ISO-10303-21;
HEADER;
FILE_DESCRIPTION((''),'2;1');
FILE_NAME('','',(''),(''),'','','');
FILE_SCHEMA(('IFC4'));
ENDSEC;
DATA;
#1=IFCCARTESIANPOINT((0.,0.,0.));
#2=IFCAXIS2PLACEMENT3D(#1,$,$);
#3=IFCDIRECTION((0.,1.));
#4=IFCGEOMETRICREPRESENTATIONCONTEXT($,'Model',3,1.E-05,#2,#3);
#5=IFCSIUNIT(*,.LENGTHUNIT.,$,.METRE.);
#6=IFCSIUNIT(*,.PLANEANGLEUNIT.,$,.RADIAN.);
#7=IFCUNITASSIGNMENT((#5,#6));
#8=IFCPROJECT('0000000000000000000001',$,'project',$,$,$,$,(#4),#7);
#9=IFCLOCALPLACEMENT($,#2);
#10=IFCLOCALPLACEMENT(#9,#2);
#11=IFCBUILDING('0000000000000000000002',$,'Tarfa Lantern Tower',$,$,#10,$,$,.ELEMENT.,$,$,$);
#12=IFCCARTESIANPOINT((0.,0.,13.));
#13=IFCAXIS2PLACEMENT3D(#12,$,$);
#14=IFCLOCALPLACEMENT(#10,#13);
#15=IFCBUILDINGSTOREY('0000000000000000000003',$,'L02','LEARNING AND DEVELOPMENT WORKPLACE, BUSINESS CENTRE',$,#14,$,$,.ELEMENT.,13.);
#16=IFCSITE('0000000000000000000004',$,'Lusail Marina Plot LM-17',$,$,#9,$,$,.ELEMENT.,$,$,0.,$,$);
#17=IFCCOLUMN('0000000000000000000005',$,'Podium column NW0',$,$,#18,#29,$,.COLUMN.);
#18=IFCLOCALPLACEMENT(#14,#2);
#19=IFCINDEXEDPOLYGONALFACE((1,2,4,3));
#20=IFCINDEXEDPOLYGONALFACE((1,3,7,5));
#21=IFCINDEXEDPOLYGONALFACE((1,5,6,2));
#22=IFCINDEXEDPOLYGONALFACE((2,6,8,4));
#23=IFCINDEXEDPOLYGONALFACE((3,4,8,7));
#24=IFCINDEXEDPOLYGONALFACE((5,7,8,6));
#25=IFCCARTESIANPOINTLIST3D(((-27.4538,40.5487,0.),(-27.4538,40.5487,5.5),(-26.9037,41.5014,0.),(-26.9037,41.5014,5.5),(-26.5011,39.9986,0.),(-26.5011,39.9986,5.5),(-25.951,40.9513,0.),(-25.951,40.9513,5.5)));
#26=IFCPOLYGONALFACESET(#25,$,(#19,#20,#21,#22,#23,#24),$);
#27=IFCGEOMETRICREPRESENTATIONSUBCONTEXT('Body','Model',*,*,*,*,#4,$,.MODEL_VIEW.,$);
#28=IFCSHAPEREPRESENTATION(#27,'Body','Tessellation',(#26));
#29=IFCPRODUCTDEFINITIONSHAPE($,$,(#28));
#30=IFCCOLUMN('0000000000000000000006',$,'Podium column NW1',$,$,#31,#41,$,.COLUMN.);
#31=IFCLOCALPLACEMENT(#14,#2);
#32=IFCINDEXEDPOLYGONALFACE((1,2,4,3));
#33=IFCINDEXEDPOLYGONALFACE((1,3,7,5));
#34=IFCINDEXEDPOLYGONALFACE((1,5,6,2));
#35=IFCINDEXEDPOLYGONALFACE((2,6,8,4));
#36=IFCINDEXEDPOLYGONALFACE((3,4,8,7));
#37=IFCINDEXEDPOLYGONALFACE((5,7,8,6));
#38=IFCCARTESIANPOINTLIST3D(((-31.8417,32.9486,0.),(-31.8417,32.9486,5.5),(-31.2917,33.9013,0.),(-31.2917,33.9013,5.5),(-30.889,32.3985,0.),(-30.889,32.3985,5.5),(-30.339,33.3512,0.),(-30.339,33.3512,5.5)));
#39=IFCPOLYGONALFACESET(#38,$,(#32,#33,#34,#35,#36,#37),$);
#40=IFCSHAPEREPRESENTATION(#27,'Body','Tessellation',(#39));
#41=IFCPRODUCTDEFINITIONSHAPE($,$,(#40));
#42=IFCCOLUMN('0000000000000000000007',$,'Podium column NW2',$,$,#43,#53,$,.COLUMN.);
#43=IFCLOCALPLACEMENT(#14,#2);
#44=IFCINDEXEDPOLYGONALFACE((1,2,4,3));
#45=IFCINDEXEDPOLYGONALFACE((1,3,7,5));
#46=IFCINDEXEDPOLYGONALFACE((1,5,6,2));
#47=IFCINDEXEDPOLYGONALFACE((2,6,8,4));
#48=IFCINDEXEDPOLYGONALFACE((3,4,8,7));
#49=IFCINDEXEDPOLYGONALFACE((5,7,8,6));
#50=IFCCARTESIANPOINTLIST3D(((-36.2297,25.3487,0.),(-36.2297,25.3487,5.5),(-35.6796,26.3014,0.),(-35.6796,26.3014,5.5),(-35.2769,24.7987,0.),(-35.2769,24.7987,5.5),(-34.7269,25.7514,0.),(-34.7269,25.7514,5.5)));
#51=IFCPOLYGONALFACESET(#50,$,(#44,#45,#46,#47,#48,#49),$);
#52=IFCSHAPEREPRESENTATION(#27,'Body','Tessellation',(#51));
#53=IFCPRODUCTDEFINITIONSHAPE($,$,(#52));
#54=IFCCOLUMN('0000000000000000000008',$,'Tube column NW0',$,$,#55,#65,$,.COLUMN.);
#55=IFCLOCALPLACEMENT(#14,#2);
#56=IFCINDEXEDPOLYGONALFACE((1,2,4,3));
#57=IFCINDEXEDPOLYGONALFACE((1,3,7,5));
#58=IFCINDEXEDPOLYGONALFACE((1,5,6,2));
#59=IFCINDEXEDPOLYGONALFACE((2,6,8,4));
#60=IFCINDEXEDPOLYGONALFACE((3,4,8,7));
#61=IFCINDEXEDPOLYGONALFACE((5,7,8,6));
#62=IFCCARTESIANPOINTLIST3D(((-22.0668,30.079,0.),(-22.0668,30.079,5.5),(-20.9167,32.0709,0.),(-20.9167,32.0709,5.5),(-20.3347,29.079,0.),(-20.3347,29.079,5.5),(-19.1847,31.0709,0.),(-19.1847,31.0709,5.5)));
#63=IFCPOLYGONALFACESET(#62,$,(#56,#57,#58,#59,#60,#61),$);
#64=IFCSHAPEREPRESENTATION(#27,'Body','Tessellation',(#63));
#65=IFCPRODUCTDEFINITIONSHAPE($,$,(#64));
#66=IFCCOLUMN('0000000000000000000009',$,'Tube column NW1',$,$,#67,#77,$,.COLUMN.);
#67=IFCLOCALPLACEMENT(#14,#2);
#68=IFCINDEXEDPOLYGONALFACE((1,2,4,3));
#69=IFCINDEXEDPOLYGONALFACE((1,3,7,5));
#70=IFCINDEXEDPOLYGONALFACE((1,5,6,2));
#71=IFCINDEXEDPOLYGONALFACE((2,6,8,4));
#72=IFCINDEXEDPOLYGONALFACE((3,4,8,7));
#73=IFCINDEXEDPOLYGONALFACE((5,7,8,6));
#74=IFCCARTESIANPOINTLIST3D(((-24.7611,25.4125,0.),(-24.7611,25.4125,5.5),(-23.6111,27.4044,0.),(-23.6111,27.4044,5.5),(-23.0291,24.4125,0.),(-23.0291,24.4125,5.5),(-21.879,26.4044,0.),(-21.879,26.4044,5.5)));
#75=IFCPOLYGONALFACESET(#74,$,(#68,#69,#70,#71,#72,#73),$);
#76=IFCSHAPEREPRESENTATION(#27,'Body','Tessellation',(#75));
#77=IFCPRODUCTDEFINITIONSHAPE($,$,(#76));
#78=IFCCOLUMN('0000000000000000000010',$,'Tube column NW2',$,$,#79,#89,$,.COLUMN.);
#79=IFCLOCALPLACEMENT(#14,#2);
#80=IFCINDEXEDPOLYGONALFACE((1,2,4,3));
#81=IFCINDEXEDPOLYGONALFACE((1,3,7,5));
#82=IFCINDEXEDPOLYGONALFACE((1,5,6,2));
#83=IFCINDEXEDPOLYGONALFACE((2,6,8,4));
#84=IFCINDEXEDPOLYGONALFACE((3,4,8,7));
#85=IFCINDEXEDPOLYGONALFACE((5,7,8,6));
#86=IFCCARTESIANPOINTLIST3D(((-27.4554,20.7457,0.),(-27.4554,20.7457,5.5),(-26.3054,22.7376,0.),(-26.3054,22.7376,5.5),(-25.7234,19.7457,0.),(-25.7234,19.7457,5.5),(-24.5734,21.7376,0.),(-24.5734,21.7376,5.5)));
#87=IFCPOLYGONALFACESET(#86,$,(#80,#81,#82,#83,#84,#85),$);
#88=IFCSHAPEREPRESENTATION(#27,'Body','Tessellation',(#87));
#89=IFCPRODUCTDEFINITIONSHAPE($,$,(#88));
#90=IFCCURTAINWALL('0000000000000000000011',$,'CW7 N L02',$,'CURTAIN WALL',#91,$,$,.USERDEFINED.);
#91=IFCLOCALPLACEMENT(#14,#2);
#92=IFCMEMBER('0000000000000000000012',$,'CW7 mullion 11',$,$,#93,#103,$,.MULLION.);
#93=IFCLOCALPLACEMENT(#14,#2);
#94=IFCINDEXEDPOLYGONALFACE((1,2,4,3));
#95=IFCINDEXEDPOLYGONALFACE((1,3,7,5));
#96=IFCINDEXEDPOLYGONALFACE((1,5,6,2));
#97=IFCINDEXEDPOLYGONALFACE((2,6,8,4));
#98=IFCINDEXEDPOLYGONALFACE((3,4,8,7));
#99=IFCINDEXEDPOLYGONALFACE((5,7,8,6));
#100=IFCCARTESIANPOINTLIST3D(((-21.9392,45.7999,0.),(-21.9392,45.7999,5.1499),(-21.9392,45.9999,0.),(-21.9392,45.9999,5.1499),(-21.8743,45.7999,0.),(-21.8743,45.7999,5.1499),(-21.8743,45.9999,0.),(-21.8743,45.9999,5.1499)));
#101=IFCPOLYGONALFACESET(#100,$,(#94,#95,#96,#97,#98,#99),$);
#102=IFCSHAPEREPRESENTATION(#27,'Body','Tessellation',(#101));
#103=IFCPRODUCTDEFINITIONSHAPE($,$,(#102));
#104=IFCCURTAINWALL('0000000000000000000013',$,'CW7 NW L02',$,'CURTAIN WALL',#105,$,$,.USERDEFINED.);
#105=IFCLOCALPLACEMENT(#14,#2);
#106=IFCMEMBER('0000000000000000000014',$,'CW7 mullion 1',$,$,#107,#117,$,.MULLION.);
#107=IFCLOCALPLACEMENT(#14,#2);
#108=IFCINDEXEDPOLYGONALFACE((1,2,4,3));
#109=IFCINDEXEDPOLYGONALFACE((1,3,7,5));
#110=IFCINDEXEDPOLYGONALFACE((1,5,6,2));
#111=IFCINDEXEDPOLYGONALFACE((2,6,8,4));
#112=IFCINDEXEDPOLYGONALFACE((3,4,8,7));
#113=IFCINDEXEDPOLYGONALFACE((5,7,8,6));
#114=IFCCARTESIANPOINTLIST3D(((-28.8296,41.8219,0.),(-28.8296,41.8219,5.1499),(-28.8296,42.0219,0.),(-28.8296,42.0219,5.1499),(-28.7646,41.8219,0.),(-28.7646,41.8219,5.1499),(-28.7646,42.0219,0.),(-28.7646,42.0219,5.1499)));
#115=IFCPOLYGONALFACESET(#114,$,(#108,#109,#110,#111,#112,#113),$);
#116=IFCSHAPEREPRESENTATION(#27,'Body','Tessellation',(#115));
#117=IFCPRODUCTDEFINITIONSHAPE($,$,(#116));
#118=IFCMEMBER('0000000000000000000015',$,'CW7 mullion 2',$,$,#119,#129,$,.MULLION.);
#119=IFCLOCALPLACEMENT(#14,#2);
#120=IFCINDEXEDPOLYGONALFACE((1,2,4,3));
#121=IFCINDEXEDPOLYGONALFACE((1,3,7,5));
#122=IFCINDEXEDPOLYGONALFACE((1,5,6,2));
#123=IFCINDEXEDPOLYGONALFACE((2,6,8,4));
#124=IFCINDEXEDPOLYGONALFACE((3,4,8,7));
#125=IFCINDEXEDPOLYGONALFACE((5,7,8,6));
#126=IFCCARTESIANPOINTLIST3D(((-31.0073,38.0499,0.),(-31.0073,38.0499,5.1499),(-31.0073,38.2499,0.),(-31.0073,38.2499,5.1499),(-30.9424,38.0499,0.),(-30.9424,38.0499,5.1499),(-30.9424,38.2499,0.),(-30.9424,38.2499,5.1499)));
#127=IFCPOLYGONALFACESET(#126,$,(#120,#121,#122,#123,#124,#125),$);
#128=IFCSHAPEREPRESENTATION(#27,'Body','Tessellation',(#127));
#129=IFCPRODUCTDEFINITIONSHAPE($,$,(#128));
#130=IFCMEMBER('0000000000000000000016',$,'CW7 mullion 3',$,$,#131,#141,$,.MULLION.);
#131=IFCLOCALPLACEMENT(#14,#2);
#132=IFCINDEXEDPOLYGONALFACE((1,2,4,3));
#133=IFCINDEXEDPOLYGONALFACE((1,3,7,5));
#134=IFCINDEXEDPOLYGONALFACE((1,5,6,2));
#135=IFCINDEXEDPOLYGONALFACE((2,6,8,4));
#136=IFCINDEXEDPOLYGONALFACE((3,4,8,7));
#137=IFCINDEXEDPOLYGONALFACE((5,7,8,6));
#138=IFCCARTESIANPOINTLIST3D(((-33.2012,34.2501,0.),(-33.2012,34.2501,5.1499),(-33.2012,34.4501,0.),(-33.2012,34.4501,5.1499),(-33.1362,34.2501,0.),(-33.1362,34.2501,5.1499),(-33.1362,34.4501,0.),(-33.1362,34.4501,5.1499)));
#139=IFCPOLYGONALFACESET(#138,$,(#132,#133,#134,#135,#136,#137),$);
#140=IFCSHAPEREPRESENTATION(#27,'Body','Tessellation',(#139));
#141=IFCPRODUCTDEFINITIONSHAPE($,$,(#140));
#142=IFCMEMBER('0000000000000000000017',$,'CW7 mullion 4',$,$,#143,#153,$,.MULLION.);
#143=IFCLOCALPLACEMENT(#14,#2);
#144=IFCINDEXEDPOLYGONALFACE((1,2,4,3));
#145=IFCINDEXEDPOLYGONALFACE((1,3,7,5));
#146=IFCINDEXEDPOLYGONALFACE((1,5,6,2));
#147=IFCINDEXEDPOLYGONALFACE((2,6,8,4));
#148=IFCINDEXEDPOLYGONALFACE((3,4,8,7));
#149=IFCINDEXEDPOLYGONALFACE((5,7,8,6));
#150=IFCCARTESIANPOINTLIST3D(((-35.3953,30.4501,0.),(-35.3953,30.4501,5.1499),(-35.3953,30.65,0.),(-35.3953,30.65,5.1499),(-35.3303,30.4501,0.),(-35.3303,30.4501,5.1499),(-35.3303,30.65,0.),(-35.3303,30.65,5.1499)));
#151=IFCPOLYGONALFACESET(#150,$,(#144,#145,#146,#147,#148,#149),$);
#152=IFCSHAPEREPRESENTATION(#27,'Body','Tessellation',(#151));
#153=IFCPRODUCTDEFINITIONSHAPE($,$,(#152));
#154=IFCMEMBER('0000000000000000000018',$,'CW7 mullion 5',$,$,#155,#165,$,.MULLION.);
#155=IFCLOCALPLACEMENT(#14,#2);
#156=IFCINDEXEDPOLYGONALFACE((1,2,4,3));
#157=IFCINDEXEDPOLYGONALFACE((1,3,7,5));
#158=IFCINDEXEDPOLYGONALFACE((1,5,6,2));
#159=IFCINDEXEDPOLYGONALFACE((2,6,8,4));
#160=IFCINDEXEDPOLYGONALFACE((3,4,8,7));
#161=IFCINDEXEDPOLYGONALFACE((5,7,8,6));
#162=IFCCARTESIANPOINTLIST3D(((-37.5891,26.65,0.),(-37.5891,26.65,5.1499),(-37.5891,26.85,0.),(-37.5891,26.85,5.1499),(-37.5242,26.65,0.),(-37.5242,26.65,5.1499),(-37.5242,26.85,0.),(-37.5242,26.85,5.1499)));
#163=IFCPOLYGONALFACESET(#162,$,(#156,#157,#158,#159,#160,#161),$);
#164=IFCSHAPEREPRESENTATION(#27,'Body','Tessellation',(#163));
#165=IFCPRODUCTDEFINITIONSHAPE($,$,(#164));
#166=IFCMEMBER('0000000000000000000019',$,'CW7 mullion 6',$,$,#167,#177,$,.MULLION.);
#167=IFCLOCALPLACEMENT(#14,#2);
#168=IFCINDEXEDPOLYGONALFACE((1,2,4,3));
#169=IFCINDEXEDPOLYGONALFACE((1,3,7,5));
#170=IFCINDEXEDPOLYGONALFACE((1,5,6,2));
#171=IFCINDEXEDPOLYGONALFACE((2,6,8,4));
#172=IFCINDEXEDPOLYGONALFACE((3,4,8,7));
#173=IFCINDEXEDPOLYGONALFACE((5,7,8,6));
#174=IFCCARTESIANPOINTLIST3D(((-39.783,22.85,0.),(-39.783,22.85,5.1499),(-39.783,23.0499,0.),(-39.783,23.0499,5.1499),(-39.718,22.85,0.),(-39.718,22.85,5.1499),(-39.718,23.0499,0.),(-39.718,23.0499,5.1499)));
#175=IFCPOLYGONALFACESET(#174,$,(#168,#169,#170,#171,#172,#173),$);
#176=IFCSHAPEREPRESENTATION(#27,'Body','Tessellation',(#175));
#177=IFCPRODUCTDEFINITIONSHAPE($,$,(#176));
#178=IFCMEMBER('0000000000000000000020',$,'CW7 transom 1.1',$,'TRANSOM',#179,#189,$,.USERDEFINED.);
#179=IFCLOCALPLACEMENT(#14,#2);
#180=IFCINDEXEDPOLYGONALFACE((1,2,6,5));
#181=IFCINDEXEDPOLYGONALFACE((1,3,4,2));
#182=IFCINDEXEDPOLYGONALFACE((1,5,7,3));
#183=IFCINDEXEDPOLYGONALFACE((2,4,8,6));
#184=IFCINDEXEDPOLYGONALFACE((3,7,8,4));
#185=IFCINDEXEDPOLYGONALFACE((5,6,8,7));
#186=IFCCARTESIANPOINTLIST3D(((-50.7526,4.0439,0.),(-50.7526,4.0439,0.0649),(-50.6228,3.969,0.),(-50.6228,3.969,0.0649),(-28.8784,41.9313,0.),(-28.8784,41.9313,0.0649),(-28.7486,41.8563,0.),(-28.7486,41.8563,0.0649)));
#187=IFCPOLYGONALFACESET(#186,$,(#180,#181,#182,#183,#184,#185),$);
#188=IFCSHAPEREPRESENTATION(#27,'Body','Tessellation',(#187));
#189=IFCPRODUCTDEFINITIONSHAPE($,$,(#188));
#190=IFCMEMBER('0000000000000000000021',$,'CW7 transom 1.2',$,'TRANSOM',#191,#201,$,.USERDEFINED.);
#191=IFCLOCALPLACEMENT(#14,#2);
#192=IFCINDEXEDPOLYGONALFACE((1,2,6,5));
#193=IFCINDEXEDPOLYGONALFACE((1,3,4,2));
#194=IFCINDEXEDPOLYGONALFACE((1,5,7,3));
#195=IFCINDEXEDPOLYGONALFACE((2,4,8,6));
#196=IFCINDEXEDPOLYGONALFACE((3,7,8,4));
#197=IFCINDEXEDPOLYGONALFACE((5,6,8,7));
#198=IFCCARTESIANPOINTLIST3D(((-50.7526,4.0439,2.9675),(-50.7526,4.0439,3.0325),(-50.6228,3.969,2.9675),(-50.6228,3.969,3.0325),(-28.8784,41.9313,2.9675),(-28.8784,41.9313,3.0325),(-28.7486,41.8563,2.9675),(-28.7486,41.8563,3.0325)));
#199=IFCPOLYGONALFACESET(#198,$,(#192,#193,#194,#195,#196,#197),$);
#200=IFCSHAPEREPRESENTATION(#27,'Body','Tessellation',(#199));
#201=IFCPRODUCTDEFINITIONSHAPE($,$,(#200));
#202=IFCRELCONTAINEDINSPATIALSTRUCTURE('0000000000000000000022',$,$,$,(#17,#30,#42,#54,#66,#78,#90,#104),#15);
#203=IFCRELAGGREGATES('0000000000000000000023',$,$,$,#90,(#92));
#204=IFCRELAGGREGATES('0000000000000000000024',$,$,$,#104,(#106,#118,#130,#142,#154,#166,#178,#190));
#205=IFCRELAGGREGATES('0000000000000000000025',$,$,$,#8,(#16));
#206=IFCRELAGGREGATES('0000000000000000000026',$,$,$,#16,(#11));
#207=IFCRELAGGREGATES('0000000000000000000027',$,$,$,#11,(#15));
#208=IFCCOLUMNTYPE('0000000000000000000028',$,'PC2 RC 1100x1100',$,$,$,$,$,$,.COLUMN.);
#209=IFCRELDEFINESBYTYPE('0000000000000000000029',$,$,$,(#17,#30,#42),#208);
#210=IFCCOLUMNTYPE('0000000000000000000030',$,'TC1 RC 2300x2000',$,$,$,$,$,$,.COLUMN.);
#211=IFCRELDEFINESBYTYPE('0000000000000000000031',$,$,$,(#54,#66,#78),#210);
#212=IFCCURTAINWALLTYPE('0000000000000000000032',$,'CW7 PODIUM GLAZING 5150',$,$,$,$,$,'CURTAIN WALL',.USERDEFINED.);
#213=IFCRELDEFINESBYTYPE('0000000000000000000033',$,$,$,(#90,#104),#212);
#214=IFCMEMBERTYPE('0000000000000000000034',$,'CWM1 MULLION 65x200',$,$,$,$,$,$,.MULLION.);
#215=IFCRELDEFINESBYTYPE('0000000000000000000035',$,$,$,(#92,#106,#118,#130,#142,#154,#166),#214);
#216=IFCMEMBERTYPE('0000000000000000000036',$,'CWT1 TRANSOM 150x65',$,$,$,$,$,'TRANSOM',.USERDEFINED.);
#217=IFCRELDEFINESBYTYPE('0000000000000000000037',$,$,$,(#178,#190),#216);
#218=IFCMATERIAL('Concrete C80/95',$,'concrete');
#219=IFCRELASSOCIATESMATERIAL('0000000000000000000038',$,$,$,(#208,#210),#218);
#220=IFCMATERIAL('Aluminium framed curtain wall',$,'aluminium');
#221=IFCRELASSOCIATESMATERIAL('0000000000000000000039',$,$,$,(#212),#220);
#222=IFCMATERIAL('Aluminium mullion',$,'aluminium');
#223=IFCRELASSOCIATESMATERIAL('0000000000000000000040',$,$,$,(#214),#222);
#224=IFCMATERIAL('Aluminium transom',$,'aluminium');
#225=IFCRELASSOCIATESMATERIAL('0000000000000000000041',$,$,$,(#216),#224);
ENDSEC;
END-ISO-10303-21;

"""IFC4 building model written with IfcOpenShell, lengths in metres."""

from ifc_helpers import new_model, si_unit, direction, frame, origin, origin_2d, place, context, subcontext, project, spatial, rectangle, extrude, material, material_profile, profile_set, type_object, element, aggregate, save


model = new_model("IFC4")

# Units and contexts
model_context = context("Model", 3, precision=1e-05, world=origin(), true_north=direction((0.0, 1.0)))
body_context = subcontext(model_context, "Body", "Model", "MODEL_VIEW")
ifc_project = project(units=[si_unit("LENGTHUNIT", "METRE"), si_unit("PLANEANGLEUNIT", "RADIAN")], contexts=[model_context])

# Site, building, storey
site_placement = place(None, origin())
site = spatial("IfcSite", under=ifc_project, at=site_placement, Name="Lusail Marina Plot LM-17", CompositionType="ELEMENT", RefElevation=0.0)
building_placement = place(site_placement, origin())
building = spatial("IfcBuilding", under=site, at=building_placement, Name="Tarfa Lantern Tower", CompositionType="ELEMENT")
storey_placement = place(building_placement, frame((0.0, 0.0, 13.0)))
storey = spatial("IfcBuildingStorey", under=building, at=storey_placement, Name="L02", Description="LEARNING AND DEVELOPMENT WORKPLACE, BUSINESS CENTRE", CompositionType="ELEMENT", Elevation=13.0)

# Columns
ifc_material_1 = material(Name="Concrete C80/95", Category="concrete")
ifc_material_profile_1 = material_profile(ifc_material_1, rectangle(XDim=1.1001, YDim=1.1001, at=origin_2d()), Name="RC 1100x1100")
ifc_profile_set_1 = profile_set([ifc_material_profile_1], Name="Concrete C80/95")
column_type_1 = type_object("IfcColumnType", Name="PC2 RC 1100x1100", PredefinedType="COLUMN", material=ifc_profile_set_1)
for number, where, z_axis, x_axis, name in (
    (1, (-26.7024, 40.75, 0.0), (0.0, 0.0, 1.0), (-0.5, -0.866025, 0.0), "Podium column NW0"),
    (2, (-31.0903, 33.1499, 0.0), (0.0, 0.0, 1.0), (-0.5, -0.866025, 0.0), "Podium column NW1"),
    (3, (-35.4783, 25.55, 0.0), (0.0, 0.0, 1.0), (-0.5, -0.866025, 0.0), "Podium column NW2"),
):
    element("IfcColumn", number, at=place(storey_placement, frame(where, z_axis=z_axis, x_axis=x_axis)), inside=storey, type_object=column_type_1, Name=name, PredefinedType="COLUMN", context=body_context, shape_type="SweptSolid", body=[
        extrude(rectangle(XDim=1.1001, YDim=1.1001, at=origin_2d()), origin(), (0.0, 0.0, 1.0), 5.5),
    ])
ifc_material_profile_2 = material_profile(ifc_material_1, rectangle(XDim=2.3, YDim=2.0, at=origin_2d()), Name="RC 2300x2000")
ifc_profile_set_2 = profile_set([ifc_material_profile_2], Name="Concrete C80/95")
column_type_2 = type_object("IfcColumnType", Name="TC1 RC 2300x2000", PredefinedType="COLUMN", material=ifc_profile_set_2)
for number, where, z_axis, x_axis, name in (
    (4, (-20.6257, 30.575, 0.0), (0.0, 0.0, 1.0), (-0.5, -0.866025, 0.0), "Tube column NW0"),
    (5, (-23.3201, 25.9084, 0.0), (0.0, 0.0, 1.0), (-0.5, -0.866025, 0.0), "Tube column NW1"),
    (6, (-26.0144, 21.2417, 0.0), (0.0, 0.0, 1.0), (-0.5, -0.866025, 0.0), "Tube column NW2"),
):
    element("IfcColumn", number, at=place(storey_placement, frame(where, z_axis=z_axis, x_axis=x_axis)), inside=storey, type_object=column_type_2, Name=name, PredefinedType="COLUMN", context=body_context, shape_type="SweptSolid", body=[
        extrude(rectangle(XDim=2.3, YDim=2.0, at=origin_2d()), origin(), (0.0, 0.0, 1.0), 5.5),
    ])

# Curtain wall, member
ifc_material_2 = material(Name="Aluminium framed curtain wall", Category="aluminium")
curtain_wall_type = type_object("IfcCurtainWallType", Name="CW7 PODIUM GLAZING 5150", ElementType="CURTAIN WALL", PredefinedType="USERDEFINED", material=ifc_material_2)
curtain_wall_1_placement = place(storey_placement, origin())
curtain_wall_1 = element("IfcCurtainWall", 7, at=curtain_wall_1_placement, inside=storey, type_object=curtain_wall_type, Name="CW7 N L02", ObjectType="CURTAIN WALL", PredefinedType="USERDEFINED")
ifc_material_3 = material(Name="Aluminium mullion", Category="aluminium")
ifc_material_profile_3 = material_profile(ifc_material_3, rectangle(XDim=0.0649, YDim=0.2, at=origin_2d()), Name="AL MULLION 65x200")
ifc_profile_set_3 = profile_set([ifc_material_profile_3], Name="Aluminium mullion")
member_type_1 = type_object("IfcMemberType", Name="CWM1 MULLION 65x200", PredefinedType="MULLION", material=ifc_profile_set_3)
member_1_placement = place(storey_placement, frame((-21.9067, 45.8999, 0.0), z_axis=(0.0, 0.0, 1.0), x_axis=(1.0, 0.0, 0.0)))
member_1 = element("IfcMember", 8, at=member_1_placement, type_object=member_type_1, Name="CW7 mullion 11", PredefinedType="MULLION", context=body_context, shape_type="SweptSolid", body=[
    extrude(rectangle(XDim=0.0649, YDim=0.2, at=origin_2d()), origin(), (0.0, 0.0, 1.0), 5.1499),
])
aggregate(curtain_wall_1, [member_1])

# Curtain wall, members
curtain_wall_2_placement = place(storey_placement, origin())
curtain_wall_2 = element("IfcCurtainWall", 9, at=curtain_wall_2_placement, inside=storey, type_object=curtain_wall_type, Name="CW7 NW L02", ObjectType="CURTAIN WALL", PredefinedType="USERDEFINED")
member_2_placement = place(storey_placement, frame((-28.7971, 41.9219, 0.0), z_axis=(0.0, 0.0, 1.0), x_axis=(1.0, 0.0, 0.0)))
member_2 = element("IfcMember", 10, at=member_2_placement, type_object=member_type_1, Name="CW7 mullion 1", PredefinedType="MULLION", context=body_context, shape_type="SweptSolid", body=[
    extrude(rectangle(XDim=0.0649, YDim=0.2, at=origin_2d()), origin(), (0.0, 0.0, 1.0), 5.1499),
])
member_3_placement = place(storey_placement, frame((-30.9749, 38.1499, 0.0), z_axis=(0.0, 0.0, 1.0), x_axis=(1.0, 0.0, 0.0)))
member_3 = element("IfcMember", 11, at=member_3_placement, type_object=member_type_1, Name="CW7 mullion 2", PredefinedType="MULLION", context=body_context, shape_type="SweptSolid", body=[
    extrude(rectangle(XDim=0.0649, YDim=0.2, at=origin_2d()), origin(), (0.0, 0.0, 1.0), 5.1499),
])
member_4_placement = place(storey_placement, frame((-33.1687, 34.3501, 0.0), z_axis=(0.0, 0.0, 1.0), x_axis=(1.0, 0.0, 0.0)))
member_4 = element("IfcMember", 12, at=member_4_placement, type_object=member_type_1, Name="CW7 mullion 3", PredefinedType="MULLION", context=body_context, shape_type="SweptSolid", body=[
    extrude(rectangle(XDim=0.0649, YDim=0.2, at=origin_2d()), origin(), (0.0, 0.0, 1.0), 5.1499),
])
member_5_placement = place(storey_placement, frame((-35.3628, 30.55, 0.0), z_axis=(0.0, 0.0, 1.0), x_axis=(1.0, 0.0, 0.0)))
member_5 = element("IfcMember", 13, at=member_5_placement, type_object=member_type_1, Name="CW7 mullion 4", PredefinedType="MULLION", context=body_context, shape_type="SweptSolid", body=[
    extrude(rectangle(XDim=0.0649, YDim=0.2, at=origin_2d()), origin(), (0.0, 0.0, 1.0), 5.1499),
])
member_6_placement = place(storey_placement, frame((-37.5566, 26.75, 0.0), z_axis=(0.0, 0.0, 1.0), x_axis=(1.0, 0.0, 0.0)))
member_6 = element("IfcMember", 14, at=member_6_placement, type_object=member_type_1, Name="CW7 mullion 5", PredefinedType="MULLION", context=body_context, shape_type="SweptSolid", body=[
    extrude(rectangle(XDim=0.0649, YDim=0.2, at=origin_2d()), origin(), (0.0, 0.0, 1.0), 5.1499),
])
member_7_placement = place(storey_placement, frame((-39.7505, 22.95, 0.0), z_axis=(0.0, 0.0, 1.0), x_axis=(1.0, 0.0, 0.0)))
member_7 = element("IfcMember", 15, at=member_7_placement, type_object=member_type_1, Name="CW7 mullion 6", PredefinedType="MULLION", context=body_context, shape_type="SweptSolid", body=[
    extrude(rectangle(XDim=0.0649, YDim=0.2, at=origin_2d()), origin(), (0.0, 0.0, 1.0), 5.1499),
])
ifc_material_4 = material(Name="Aluminium transom", Category="aluminium")
ifc_material_profile_4 = material_profile(ifc_material_4, rectangle(XDim=0.1499, YDim=0.0649, at=origin_2d()), Name="AL TRANSOM 150x65")
ifc_profile_set_4 = profile_set([ifc_material_profile_4], Name="Aluminium transom")
member_type_2 = type_object("IfcMemberType", Name="CWT1 TRANSOM 150x65", ElementType="TRANSOM", PredefinedType="USERDEFINED", material=ifc_profile_set_4)
member_8_placement = place(storey_placement, frame((-28.8135, 41.8938, 0.0325), z_axis=(-0.499999, -0.866026, 0.0), x_axis=(0.866026, -0.499999, 0.0)))
member_8 = element("IfcMember", 16, at=member_8_placement, type_object=member_type_2, Name="CW7 transom 1.1", ObjectType="TRANSOM", PredefinedType="USERDEFINED", context=body_context, shape_type="SweptSolid", body=[
    extrude(rectangle(XDim=0.1499, YDim=0.0649, at=origin_2d()), origin(), (0.0, 0.0, 1.0), 43.7485),
])
member_9_placement = place(storey_placement, frame((-28.8135, 41.8938, 3.0), z_axis=(-0.499999, -0.866026, 0.0), x_axis=(0.866026, -0.499999, 0.0)))
member_9 = element("IfcMember", 17, at=member_9_placement, type_object=member_type_2, Name="CW7 transom 1.2", ObjectType="TRANSOM", PredefinedType="USERDEFINED", context=body_context, shape_type="SweptSolid", body=[
    extrude(rectangle(XDim=0.1499, YDim=0.0649, at=origin_2d()), origin(), (0.0, 0.0, 1.0), 43.7485),
])

aggregate(curtain_wall_2, [member_2, member_3, member_4, member_5, member_6, member_7, member_8, member_9])

save(model, "model.ifc")
